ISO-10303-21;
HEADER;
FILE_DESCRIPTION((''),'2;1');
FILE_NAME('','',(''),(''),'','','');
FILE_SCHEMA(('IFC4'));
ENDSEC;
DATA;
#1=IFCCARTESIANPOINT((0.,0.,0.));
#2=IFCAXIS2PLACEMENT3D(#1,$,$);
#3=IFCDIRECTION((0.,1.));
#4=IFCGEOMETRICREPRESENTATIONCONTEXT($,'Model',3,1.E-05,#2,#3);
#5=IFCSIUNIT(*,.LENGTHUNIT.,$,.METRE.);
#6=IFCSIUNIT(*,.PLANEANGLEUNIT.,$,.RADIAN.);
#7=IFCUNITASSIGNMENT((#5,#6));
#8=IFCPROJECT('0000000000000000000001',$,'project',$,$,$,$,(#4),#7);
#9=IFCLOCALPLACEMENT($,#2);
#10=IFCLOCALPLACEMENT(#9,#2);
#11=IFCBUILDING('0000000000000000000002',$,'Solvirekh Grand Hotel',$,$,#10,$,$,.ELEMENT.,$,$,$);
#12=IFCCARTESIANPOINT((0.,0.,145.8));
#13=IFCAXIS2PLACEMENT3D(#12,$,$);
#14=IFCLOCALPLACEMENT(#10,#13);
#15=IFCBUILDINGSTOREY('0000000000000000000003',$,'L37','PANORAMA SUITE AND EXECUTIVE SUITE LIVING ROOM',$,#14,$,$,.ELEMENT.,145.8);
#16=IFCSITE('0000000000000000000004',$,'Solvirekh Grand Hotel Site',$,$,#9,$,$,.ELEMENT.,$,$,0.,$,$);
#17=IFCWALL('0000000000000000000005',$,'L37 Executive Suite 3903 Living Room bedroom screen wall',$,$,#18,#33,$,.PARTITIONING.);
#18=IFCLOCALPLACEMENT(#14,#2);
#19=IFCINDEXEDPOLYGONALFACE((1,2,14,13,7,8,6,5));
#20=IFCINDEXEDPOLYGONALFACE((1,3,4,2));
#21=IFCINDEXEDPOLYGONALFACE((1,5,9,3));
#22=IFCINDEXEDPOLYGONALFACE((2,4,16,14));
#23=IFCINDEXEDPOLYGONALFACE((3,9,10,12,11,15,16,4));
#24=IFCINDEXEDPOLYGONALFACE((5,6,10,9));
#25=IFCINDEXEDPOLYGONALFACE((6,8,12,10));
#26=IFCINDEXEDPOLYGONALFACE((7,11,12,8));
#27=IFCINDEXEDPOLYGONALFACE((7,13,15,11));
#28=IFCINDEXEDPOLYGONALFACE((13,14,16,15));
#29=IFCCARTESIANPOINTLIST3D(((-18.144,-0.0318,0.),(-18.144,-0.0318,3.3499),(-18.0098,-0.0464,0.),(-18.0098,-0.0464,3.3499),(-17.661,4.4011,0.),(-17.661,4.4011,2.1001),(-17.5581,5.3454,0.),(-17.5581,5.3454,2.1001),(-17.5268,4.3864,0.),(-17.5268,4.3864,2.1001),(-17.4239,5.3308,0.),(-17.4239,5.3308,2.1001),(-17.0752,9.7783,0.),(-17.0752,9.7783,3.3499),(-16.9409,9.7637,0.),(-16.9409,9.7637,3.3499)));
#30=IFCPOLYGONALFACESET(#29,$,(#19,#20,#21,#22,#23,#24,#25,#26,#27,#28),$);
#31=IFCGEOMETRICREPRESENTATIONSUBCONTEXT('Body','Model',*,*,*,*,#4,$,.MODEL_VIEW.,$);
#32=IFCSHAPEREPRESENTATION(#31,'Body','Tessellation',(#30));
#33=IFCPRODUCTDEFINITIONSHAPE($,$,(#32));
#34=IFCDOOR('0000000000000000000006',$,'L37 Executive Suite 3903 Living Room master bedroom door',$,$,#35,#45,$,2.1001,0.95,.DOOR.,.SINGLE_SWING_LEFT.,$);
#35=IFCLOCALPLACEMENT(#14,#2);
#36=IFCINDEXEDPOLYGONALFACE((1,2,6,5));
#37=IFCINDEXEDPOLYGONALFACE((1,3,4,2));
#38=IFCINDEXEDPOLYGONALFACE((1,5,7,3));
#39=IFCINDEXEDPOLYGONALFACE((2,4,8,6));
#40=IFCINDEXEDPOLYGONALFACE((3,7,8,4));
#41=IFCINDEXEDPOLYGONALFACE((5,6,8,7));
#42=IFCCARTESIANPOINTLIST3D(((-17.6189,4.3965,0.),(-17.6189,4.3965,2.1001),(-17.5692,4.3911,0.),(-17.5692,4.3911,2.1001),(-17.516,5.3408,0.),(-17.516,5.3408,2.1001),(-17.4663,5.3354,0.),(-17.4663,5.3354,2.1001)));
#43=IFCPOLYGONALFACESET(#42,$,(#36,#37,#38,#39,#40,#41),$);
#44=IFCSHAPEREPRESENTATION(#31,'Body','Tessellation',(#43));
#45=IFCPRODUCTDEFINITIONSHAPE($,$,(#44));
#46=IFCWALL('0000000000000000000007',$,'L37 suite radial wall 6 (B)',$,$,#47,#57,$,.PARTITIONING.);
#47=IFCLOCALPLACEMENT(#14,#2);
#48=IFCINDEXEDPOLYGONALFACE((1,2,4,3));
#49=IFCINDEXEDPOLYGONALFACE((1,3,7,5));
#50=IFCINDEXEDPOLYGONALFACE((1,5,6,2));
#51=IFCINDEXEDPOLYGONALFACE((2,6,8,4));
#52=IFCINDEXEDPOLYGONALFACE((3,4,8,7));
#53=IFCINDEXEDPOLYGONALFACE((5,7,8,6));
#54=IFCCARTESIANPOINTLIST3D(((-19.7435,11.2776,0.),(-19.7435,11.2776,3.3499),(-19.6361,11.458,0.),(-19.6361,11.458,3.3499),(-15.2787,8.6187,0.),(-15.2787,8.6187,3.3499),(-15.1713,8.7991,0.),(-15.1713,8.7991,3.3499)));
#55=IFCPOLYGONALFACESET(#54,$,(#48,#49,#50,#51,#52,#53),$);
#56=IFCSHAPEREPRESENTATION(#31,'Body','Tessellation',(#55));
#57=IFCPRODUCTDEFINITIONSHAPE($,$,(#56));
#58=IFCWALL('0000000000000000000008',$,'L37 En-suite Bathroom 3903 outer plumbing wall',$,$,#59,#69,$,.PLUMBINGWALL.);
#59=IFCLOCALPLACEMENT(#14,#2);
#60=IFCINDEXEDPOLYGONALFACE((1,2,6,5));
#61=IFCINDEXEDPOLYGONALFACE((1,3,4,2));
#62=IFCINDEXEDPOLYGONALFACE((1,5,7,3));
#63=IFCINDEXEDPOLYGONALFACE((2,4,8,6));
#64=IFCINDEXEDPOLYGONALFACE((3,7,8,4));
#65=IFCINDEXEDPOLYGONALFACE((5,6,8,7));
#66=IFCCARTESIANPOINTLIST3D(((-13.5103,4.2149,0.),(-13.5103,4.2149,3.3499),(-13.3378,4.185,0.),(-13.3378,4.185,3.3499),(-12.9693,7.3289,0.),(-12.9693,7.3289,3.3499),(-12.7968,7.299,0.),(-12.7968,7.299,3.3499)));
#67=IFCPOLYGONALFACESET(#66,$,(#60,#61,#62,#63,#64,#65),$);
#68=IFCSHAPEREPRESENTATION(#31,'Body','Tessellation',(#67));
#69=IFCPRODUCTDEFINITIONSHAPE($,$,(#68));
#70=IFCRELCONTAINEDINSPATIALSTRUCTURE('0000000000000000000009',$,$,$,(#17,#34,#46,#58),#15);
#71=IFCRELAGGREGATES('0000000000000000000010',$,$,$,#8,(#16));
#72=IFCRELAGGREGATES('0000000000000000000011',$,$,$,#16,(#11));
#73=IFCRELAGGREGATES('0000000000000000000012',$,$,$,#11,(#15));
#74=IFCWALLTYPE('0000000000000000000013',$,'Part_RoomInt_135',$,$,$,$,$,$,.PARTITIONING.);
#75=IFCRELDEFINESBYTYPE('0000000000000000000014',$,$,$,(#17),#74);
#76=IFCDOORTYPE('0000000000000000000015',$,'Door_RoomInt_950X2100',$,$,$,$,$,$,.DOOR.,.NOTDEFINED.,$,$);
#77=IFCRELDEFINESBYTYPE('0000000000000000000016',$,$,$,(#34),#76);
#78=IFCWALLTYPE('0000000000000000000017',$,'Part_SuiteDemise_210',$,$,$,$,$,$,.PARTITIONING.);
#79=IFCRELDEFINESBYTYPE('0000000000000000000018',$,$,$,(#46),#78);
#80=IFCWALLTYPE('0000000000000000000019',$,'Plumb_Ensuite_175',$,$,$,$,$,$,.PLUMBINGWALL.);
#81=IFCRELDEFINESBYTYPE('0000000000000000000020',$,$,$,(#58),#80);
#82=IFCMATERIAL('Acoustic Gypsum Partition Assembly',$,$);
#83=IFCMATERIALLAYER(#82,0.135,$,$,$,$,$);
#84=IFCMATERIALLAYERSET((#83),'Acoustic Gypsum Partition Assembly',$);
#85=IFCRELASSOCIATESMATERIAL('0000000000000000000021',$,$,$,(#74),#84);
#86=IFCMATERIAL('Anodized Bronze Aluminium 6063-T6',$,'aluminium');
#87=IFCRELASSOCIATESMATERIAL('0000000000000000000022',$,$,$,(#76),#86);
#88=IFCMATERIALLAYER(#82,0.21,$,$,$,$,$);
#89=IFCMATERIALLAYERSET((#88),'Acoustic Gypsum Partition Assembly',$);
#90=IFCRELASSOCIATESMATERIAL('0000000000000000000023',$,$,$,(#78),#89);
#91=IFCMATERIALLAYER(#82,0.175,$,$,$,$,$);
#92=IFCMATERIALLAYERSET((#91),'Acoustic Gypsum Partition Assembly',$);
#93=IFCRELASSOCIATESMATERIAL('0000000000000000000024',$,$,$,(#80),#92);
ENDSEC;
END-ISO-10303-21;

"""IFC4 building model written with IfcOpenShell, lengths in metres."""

from ifc_helpers import new_model, si_unit, direction, frame, frame_2d, origin, place, context, subcontext, project, spatial, rectangle, extrude, material, layer, layer_set, type_object, element, fill, save


model = new_model("IFC4")

# Units and contexts
model_context = context("Model", 3, precision=1e-05, world=origin(), true_north=direction((0.0, 1.0)))
body_context = subcontext(model_context, "Body", "Model", "MODEL_VIEW")
ifc_project = project(units=[si_unit("LENGTHUNIT", "METRE"), si_unit("PLANEANGLEUNIT", "RADIAN")], contexts=[model_context])

# Site, building, storey
site_placement = place(None, origin())
site = spatial("IfcSite", under=ifc_project, at=site_placement, Name="Solvirekh Grand Hotel Site", CompositionType="ELEMENT", RefElevation=0.0)
building_placement = place(site_placement, origin())
building = spatial("IfcBuilding", under=site, at=building_placement, Name="Solvirekh Grand Hotel", CompositionType="ELEMENT")
storey_placement = place(building_placement, frame((0.0, 0.0, 145.8)))
storey = spatial("IfcBuildingStorey", under=building, at=storey_placement, Name="L37", Description="PANORAMA SUITE AND EXECUTIVE SUITE LIVING ROOM", CompositionType="ELEMENT", Elevation=145.8)

# Shared definitions
ifc_material_1 = material(Name="Anodized Bronze Aluminium 6063-T6", Category="aluminium")

# Shared definitions
ifc_material_2 = material(Name="Acoustic Gypsum Partition Assembly")

# Wall, opening, door
ifc_layer_1 = layer(ifc_material_2, 0.135)
ifc_layer_set_1 = layer_set([ifc_layer_1], Name="Acoustic Gypsum Partition Assembly")
wall_type_1 = type_object("IfcWallType", Name="Part_RoomInt_135", PredefinedType="PARTITIONING", material=ifc_layer_set_1)
wall_1_placement = place(storey_placement, frame((-17.0081, 9.771, 0.0), z_axis=(0.0, 0.0, 1.0), x_axis=(-0.108313, -0.994117, 0.0)))
wall_1 = element("IfcWall", 1, at=wall_1_placement, inside=storey, type_object=wall_type_1, Name="L37 Executive Suite 3903 Living Room bedroom screen wall", PredefinedType="PARTITIONING", context=body_context, shape_type="SweptSolid", body=[
    extrude(rectangle(XDim=9.8682, YDim=0.135, at=frame_2d((4.9341, 0.0))), origin(), (0.0, 0.0, 1.0), 3.3499),
])
opening_1_placement = place(wall_1_placement, frame((4.459, 0.0, 0.0)))
opening_1 = element("IfcOpeningElement", 2, at=opening_1_placement, cuts=wall_1, PredefinedType="OPENING", context=body_context, shape_type="SweptSolid", body=[
    extrude(rectangle(XDim=0.95, YDim=2.1001, at=frame_2d((0.4751, 1.05))), frame((0.0, 0.0776, 0.0), z_axis=(0.0, -1.0, 0.0), x_axis=(1.0, 0.0, 0.0)), (0.0, 0.0, 1.0), 0.155),
])
door_type = type_object("IfcDoorType", Name="Door_RoomInt_950X2100", OperationType="NOTDEFINED", PredefinedType="DOOR", material=ifc_material_1)
door_placement = place(opening_1_placement, origin())
door = element("IfcDoor", 3, at=door_placement, inside=storey, type_object=door_type, Name="L37 Executive Suite 3903 Living Room master bedroom door", OperationType="SINGLE_SWING_LEFT", OverallHeight=2.1001, OverallWidth=0.95, PredefinedType="DOOR", context=body_context, shape_type="SweptSolid", body=[
    extrude(rectangle(XDim=0.95, YDim=2.1001, at=frame_2d((0.4751, 1.05))), frame((0.0, 0.0249, 0.0), z_axis=(0.0, -1.0, 0.0), x_axis=(1.0, 0.0, 0.0)), (0.0, 0.0, 1.0), 0.05),
])
fill(opening_1, door)

# Walls
ifc_layer_2 = layer(ifc_material_2, 0.21)
ifc_layer_set_2 = layer_set([ifc_layer_2], Name="Acoustic Gypsum Partition Assembly")
wall_type_2 = type_object("IfcWallType", Name="Part_SuiteDemise_210", PredefinedType="PARTITIONING", material=ifc_layer_set_2)
wall_2_placement = place(storey_placement, frame((-15.2251, 8.709, 0.0), z_axis=(0.0, 0.0, 1.0), x_axis=(-0.859184, 0.511667, 0.0)))
element("IfcWall", 4, at=wall_2_placement, inside=storey, type_object=wall_type_2, Name="L37 suite radial wall 6 (B)", PredefinedType="PARTITIONING", context=body_context, shape_type="SweptSolid", body=[
    extrude(rectangle(XDim=5.1965, YDim=0.21, at=frame_2d((2.5981, 0.0))), origin(), (0.0, 0.0, 1.0), 3.3499),
])
ifc_layer_3 = layer(ifc_material_2, 0.175)
ifc_layer_set_3 = layer_set([ifc_layer_3], Name="Acoustic Gypsum Partition Assembly")
wall_type_3 = type_object("IfcWallType", Name="Plumb_Ensuite_175", PredefinedType="PLUMBINGWALL", material=ifc_layer_set_3)
wall_3_placement = place(storey_placement, frame((-12.8831, 7.314, 0.0), z_axis=(0.0, 0.0, 1.0), x_axis=(-0.171172, -0.985241, 0.0)))
element("IfcWall", 5, at=wall_3_placement, inside=storey, type_object=wall_type_3, Name="L37 En-suite Bathroom 3903 outer plumbing wall", PredefinedType="PLUMBINGWALL", context=body_context, shape_type="SweptSolid", body=[
    extrude(rectangle(XDim=3.1606, YDim=0.175, at=frame_2d((1.5803, 0.0))), origin(), (0.0, 0.0, 1.0), 3.3499),
])

save(model, "model.ifc")
